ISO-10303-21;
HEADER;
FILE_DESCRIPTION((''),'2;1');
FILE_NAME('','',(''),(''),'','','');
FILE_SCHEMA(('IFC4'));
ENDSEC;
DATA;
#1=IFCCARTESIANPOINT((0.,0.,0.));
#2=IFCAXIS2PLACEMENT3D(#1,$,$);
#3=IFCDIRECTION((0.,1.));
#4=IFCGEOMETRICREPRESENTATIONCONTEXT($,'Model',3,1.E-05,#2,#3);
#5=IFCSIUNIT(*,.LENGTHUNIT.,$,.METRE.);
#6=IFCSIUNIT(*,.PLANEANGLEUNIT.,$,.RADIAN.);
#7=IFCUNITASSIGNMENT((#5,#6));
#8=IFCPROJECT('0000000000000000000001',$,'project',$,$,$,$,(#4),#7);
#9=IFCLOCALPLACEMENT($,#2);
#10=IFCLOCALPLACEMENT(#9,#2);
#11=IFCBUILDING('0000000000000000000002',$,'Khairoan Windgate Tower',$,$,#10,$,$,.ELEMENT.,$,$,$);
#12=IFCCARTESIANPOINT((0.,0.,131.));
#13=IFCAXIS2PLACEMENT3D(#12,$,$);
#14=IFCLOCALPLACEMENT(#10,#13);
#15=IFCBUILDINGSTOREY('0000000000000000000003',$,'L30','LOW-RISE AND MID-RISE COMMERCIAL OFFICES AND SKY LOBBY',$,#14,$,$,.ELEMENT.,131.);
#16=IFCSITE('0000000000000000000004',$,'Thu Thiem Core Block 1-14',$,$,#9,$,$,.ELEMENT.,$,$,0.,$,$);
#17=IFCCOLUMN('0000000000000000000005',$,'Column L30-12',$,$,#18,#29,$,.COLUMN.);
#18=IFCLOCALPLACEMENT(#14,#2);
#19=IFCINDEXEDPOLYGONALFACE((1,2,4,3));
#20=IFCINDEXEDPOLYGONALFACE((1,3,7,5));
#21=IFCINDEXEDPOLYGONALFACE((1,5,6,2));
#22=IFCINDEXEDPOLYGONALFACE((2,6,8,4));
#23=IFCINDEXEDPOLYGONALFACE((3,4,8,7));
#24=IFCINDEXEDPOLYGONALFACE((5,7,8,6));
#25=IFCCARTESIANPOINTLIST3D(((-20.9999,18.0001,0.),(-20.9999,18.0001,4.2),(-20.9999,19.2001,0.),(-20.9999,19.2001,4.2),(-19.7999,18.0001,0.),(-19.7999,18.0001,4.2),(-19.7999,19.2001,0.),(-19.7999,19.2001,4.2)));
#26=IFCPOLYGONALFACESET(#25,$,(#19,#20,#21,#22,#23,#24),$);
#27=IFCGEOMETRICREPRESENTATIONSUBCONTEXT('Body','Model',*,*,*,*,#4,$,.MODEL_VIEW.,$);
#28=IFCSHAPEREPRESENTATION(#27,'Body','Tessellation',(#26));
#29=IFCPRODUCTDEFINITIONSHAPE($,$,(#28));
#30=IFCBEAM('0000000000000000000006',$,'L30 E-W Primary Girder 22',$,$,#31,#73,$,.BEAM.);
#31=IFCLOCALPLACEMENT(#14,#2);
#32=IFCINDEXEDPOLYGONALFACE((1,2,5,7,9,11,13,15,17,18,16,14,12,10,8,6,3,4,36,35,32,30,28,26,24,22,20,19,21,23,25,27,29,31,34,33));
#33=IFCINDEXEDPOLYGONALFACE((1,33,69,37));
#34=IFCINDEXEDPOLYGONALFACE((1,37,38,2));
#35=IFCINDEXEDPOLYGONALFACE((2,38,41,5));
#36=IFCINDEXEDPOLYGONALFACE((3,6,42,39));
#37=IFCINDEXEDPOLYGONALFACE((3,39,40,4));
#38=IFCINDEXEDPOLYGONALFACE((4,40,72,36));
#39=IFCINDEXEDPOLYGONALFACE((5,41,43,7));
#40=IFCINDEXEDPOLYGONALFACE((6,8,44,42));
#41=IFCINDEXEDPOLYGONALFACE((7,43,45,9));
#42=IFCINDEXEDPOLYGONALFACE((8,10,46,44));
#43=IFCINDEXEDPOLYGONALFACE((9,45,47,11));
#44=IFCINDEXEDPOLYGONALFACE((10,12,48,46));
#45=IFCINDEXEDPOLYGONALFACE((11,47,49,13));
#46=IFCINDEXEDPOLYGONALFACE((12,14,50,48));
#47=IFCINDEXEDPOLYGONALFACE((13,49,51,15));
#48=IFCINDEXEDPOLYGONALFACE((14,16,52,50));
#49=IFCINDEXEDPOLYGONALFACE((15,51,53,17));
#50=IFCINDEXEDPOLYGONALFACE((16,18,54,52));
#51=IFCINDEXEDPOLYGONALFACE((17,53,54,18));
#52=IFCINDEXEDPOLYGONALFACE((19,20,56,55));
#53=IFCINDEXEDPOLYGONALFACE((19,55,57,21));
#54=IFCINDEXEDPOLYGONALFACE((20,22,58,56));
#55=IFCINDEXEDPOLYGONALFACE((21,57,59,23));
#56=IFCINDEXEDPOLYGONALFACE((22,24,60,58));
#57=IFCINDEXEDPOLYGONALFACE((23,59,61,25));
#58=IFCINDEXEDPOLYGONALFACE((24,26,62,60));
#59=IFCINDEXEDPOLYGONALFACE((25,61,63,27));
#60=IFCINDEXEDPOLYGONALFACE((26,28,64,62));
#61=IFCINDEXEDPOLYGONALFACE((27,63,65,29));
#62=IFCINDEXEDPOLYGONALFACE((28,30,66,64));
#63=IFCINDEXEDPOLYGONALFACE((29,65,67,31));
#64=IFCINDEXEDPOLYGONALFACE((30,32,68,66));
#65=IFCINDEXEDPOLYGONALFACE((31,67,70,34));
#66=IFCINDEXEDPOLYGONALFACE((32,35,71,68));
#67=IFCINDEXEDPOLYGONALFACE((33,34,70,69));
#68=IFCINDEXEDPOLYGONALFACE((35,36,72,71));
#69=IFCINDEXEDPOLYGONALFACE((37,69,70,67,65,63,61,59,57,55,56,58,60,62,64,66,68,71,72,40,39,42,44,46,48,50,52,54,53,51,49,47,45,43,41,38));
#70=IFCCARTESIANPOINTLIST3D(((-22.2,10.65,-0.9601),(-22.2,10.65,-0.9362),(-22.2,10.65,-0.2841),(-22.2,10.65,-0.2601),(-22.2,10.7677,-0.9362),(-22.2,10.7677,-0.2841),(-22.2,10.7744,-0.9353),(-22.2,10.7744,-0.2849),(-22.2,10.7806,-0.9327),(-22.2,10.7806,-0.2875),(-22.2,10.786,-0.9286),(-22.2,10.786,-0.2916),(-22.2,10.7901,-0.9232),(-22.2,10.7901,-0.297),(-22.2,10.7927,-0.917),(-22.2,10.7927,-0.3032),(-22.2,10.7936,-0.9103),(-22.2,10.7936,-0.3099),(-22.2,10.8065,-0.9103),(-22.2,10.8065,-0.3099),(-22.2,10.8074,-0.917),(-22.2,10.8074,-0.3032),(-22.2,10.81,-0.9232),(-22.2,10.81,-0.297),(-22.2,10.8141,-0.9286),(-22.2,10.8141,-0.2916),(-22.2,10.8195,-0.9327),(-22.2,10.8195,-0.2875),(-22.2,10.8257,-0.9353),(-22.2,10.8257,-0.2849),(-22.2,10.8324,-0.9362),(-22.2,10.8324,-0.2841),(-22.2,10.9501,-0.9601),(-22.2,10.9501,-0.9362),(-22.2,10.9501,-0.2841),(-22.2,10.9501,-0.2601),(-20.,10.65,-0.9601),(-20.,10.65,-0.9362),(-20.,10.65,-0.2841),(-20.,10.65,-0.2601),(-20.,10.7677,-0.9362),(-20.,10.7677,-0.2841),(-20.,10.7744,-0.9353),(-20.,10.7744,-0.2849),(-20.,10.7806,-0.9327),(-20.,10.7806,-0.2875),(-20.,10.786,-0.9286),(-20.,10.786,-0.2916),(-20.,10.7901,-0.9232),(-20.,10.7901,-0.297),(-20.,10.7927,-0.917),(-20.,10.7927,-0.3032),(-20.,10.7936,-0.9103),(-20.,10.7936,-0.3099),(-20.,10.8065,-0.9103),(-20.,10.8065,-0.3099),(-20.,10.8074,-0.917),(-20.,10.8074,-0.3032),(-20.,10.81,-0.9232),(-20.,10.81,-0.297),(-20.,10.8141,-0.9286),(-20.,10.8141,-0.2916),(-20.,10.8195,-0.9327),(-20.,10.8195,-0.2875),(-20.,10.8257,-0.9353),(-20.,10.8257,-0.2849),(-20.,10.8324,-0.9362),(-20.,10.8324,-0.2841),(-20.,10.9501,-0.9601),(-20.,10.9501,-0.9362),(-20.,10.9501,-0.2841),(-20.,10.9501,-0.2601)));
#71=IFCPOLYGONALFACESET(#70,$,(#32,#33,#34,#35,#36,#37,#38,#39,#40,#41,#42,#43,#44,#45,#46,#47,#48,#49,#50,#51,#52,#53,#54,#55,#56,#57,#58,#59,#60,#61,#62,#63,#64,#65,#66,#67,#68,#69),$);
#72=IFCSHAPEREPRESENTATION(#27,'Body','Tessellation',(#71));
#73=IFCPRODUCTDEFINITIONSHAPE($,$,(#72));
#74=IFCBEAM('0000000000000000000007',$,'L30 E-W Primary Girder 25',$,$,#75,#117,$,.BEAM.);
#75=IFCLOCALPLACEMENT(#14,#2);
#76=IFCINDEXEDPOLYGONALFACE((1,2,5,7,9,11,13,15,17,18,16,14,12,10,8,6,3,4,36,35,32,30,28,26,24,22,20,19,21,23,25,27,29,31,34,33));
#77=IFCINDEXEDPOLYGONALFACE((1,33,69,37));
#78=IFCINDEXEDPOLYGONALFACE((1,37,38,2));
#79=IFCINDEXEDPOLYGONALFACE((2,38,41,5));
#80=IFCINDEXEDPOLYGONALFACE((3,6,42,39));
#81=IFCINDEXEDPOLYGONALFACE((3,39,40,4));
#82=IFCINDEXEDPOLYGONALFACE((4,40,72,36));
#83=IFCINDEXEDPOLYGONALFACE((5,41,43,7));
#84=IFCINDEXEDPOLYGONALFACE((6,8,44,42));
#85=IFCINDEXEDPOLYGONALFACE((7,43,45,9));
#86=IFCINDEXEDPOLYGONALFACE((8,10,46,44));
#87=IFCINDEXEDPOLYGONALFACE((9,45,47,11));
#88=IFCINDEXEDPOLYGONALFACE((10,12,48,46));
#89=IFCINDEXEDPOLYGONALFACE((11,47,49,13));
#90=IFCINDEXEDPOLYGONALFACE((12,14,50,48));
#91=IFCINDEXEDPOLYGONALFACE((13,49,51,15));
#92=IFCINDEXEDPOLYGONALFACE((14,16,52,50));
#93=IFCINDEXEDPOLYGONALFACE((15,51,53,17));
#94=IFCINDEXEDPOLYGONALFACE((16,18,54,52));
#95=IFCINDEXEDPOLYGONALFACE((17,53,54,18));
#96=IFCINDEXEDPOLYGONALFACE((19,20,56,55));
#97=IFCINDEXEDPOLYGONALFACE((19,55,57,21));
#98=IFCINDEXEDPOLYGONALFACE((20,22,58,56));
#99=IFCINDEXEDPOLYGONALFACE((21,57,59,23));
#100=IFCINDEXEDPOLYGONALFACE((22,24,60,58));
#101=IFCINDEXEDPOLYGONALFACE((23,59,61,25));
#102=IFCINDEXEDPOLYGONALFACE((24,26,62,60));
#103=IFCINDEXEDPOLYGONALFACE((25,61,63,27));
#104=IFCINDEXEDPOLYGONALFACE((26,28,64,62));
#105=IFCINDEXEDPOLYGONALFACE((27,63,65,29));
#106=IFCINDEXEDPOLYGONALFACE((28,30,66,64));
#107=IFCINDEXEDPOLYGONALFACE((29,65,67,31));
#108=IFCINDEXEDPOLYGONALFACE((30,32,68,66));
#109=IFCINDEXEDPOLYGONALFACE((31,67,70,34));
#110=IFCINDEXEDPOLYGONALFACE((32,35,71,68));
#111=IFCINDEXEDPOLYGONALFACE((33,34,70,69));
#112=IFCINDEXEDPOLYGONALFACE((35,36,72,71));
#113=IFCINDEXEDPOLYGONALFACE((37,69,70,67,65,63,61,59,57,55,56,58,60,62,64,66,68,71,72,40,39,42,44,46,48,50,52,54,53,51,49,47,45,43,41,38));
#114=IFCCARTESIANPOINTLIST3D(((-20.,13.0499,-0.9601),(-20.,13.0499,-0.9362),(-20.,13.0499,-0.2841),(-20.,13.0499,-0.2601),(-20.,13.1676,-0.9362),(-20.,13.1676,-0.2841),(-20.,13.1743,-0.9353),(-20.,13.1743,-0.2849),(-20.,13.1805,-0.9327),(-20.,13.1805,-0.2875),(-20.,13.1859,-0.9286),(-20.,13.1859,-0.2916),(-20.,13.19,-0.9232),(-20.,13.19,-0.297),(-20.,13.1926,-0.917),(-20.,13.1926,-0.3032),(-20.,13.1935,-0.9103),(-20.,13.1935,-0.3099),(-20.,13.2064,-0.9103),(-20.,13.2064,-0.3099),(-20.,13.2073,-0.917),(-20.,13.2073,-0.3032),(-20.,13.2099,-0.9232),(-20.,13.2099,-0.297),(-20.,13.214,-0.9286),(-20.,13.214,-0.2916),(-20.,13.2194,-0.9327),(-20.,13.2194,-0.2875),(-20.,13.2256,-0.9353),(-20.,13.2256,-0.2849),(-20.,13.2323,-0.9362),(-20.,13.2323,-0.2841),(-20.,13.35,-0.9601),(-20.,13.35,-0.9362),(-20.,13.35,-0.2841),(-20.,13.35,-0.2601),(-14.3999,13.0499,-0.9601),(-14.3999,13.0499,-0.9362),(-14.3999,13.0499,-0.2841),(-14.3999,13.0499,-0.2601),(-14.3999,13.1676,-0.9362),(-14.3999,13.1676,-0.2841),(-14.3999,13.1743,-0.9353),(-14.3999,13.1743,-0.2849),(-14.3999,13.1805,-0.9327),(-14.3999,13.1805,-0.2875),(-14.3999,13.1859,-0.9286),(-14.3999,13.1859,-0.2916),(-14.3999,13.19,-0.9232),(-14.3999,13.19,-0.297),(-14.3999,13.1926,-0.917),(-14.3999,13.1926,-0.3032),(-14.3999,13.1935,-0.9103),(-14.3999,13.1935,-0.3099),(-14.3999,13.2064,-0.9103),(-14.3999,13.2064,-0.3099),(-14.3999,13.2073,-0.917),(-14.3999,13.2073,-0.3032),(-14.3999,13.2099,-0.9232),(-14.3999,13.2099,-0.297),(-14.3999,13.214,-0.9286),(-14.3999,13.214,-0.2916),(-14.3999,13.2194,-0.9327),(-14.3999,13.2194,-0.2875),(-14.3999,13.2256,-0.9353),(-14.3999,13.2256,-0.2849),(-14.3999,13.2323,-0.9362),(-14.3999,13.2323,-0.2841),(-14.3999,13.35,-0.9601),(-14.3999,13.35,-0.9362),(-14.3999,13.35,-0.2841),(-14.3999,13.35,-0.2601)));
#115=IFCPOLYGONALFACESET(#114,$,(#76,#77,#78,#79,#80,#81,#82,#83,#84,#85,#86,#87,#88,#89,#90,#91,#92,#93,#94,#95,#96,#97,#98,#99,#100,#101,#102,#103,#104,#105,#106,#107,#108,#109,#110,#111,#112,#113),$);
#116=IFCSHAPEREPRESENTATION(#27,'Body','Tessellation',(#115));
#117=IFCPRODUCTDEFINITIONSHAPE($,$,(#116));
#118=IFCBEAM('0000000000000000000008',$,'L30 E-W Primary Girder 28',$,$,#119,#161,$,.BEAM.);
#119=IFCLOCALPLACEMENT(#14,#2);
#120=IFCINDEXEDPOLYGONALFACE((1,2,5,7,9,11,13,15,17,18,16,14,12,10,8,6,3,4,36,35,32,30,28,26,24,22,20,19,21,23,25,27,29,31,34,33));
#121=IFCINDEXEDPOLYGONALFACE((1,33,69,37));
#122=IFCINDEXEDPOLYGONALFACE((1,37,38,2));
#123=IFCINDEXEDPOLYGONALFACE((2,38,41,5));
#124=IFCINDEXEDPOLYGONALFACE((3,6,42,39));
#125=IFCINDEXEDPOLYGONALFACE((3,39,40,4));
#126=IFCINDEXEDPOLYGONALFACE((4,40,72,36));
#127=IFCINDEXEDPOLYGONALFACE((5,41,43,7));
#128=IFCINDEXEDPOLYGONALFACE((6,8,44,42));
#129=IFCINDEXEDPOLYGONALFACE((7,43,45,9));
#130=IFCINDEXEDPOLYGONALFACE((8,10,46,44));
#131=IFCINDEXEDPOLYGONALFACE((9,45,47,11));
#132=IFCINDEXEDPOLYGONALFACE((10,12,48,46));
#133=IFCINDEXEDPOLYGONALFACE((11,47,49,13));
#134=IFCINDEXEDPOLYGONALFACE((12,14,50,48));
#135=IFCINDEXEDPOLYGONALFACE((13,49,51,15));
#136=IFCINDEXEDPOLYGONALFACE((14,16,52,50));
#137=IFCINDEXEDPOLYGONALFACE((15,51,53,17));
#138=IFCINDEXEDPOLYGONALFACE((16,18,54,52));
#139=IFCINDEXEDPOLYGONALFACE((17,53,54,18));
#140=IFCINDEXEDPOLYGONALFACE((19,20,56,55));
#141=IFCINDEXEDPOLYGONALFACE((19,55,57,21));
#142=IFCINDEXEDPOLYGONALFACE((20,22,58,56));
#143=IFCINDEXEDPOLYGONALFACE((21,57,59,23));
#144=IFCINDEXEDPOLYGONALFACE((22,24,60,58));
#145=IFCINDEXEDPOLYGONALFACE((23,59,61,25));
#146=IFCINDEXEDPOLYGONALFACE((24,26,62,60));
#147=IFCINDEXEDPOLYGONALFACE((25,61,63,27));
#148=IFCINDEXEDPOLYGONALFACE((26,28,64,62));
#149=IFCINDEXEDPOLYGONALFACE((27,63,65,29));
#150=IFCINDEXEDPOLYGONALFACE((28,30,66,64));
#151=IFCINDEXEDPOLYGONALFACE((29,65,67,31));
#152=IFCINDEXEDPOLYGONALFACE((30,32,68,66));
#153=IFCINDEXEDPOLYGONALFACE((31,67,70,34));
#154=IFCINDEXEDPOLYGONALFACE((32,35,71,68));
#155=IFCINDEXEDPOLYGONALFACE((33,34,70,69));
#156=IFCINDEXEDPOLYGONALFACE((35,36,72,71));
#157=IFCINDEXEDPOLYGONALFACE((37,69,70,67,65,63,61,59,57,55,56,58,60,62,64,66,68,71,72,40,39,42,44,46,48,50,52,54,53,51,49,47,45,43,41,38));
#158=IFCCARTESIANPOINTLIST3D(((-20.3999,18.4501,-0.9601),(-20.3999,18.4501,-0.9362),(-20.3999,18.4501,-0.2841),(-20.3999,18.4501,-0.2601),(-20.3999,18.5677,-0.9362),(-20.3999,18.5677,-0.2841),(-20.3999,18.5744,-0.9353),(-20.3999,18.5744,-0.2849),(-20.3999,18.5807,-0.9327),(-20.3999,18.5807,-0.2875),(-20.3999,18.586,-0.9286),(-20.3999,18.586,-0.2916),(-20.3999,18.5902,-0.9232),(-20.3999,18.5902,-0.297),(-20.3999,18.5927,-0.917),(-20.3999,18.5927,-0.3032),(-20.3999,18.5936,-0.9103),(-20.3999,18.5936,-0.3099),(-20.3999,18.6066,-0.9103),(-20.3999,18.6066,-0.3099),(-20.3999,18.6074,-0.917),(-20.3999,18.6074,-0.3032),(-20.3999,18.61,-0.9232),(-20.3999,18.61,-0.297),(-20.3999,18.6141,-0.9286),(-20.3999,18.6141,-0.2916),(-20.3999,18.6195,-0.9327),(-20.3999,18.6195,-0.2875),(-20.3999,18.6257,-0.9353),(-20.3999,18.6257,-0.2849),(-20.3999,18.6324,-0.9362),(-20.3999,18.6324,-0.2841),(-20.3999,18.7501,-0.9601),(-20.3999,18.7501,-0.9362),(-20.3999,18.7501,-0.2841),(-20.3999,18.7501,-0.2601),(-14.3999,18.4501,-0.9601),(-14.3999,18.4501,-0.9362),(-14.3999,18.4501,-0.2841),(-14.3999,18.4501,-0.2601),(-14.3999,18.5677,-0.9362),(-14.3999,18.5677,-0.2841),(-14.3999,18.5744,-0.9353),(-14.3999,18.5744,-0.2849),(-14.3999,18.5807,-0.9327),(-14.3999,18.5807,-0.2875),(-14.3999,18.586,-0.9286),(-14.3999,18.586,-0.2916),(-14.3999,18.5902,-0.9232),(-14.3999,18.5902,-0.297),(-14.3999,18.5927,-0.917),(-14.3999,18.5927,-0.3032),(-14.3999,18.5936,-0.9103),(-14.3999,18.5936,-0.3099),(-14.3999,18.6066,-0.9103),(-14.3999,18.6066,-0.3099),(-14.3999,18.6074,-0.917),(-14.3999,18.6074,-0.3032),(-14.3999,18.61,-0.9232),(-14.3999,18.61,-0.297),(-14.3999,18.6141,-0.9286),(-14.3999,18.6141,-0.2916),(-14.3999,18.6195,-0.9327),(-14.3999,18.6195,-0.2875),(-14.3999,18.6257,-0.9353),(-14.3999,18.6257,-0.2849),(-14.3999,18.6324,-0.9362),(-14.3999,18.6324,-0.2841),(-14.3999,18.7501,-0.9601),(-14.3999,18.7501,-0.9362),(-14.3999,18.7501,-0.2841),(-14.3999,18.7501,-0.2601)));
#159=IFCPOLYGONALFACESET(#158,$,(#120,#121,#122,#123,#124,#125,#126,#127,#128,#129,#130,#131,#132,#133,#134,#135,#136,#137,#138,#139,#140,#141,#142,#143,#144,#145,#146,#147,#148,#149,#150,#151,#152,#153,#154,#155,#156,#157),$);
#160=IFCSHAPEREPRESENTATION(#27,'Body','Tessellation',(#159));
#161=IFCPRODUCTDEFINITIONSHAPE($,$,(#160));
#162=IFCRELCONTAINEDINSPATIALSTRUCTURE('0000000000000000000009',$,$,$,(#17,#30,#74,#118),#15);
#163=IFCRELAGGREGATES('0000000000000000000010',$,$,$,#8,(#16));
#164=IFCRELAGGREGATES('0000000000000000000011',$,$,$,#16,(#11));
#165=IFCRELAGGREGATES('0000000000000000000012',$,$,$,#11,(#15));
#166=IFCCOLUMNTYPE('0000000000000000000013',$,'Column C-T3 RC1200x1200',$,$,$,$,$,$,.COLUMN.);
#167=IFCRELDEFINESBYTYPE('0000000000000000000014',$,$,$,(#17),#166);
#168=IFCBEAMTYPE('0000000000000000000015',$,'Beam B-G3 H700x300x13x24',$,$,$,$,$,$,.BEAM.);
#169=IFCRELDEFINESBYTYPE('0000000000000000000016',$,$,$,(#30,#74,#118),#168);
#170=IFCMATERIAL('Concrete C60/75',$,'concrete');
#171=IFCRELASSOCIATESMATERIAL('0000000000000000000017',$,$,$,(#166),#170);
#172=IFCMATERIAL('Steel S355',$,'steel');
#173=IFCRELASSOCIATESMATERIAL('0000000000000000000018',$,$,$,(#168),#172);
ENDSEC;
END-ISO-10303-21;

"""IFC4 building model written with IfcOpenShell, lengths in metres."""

from ifc_helpers import new_model, si_unit, direction, frame, origin, origin_2d, place, context, subcontext, project, spatial, rectangle, i_section, extrude, material, material_profile, profile_set, type_object, element, save


model = new_model("IFC4")

# Units and contexts
model_context = context("Model", 3, precision=1e-05, world=origin(), true_north=direction((0.0, 1.0)))
body_context = subcontext(model_context, "Body", "Model", "MODEL_VIEW")
ifc_project = project(units=[si_unit("LENGTHUNIT", "METRE"), si_unit("PLANEANGLEUNIT", "RADIAN")], contexts=[model_context])

# Site, building, storey
site_placement = place(None, origin())
site = spatial("IfcSite", under=ifc_project, at=site_placement, Name="Thu Thiem Core Block 1-14", CompositionType="ELEMENT", RefElevation=0.0)
building_placement = place(site_placement, origin())
building = spatial("IfcBuilding", under=site, at=building_placement, Name="Khairoan Windgate Tower", CompositionType="ELEMENT")
storey_placement = place(building_placement, frame((0.0, 0.0, 131.0)))
storey = spatial("IfcBuildingStorey", under=building, at=storey_placement, Name="L30", Description="LOW-RISE AND MID-RISE COMMERCIAL OFFICES AND SKY LOBBY", CompositionType="ELEMENT", Elevation=131.0)

# Column
ifc_material_1 = material(Name="Concrete C60/75", Category="concrete")
ifc_material_profile_1 = material_profile(ifc_material_1, rectangle(XDim=1.2, YDim=1.2, at=origin_2d()))
ifc_profile_set_1 = profile_set([ifc_material_profile_1], Name="Concrete C60/75")
column_type = type_object("IfcColumnType", Name="Column C-T3 RC1200x1200", PredefinedType="COLUMN", material=ifc_profile_set_1)
column_placement = place(storey_placement, frame((-20.3999, 18.6001, 0.0), z_axis=(0.0, 0.0, 1.0), x_axis=(1.0, 0.0, 0.0)))
element("IfcColumn", 1, at=column_placement, inside=storey, type_object=column_type, Name="Column L30-12", PredefinedType="COLUMN", context=body_context, shape_type="SweptSolid", body=[
    extrude(rectangle(XDim=1.2, YDim=1.2, at=origin_2d()), origin(), (0.0, 0.0, 1.0), 4.2),
])

# Beams
ifc_material_2 = material(Name="Steel S355", Category="steel")
ifc_material_profile_2 = material_profile(ifc_material_2, i_section(OverallWidth=0.3, OverallDepth=0.7, WebThickness=0.0129, FlangeThickness=0.0239, FilletRadius=0.0259, at=origin_2d()))
ifc_profile_set_2 = profile_set([ifc_material_profile_2], Name="Steel S355")
beam_type_1 = type_object("IfcBeamType", Name="Beam B-G3 H700x300x13x24", PredefinedType="BEAM", material=ifc_profile_set_2)
beam_1_placement = place(storey_placement, frame((-22.2, 10.8, -0.6101), z_axis=(1.0, 0.0, 0.0), x_axis=(0.0, 1.0, 0.0)))
element("IfcBeam", 2, at=beam_1_placement, inside=storey, type_object=beam_type_1, Name="L30 E-W Primary Girder 22", PredefinedType="BEAM", context=body_context, shape_type="SweptSolid", body=[
    extrude(i_section(OverallWidth=0.3, OverallDepth=0.7, WebThickness=0.0129, FlangeThickness=0.0239, FilletRadius=0.0259, at=origin_2d()), origin(), (0.0, 0.0, 1.0), 2.2),
])
beam_2_placement = place(storey_placement, frame((-20.0, 13.2, -0.6101), z_axis=(1.0, 0.0, 0.0), x_axis=(0.0, 1.0, 0.0)))
element("IfcBeam", 3, at=beam_2_placement, inside=storey, type_object=beam_type_1, Name="L30 E-W Primary Girder 25", PredefinedType="BEAM", context=body_context, shape_type="SweptSolid", body=[
    extrude(i_section(OverallWidth=0.3, OverallDepth=0.7, WebThickness=0.0129, FlangeThickness=0.0239, FilletRadius=0.0259, at=origin_2d()), origin(), (0.0, 0.0, 1.0), 5.6001),
])
beam_3_placement = place(storey_placement, frame((-20.3999, 18.6001, -0.6101), z_axis=(1.0, 0.0, 0.0), x_axis=(0.0, 1.0, 0.0)))
element("IfcBeam", 4, at=beam_3_placement, inside=storey, type_object=beam_type_1, Name="L30 E-W Primary Girder 28", PredefinedType="BEAM", context=body_context, shape_type="SweptSolid", body=[
    extrude(i_section(OverallWidth=0.3, OverallDepth=0.7, WebThickness=0.0129, FlangeThickness=0.0239, FilletRadius=0.0259, at=origin_2d()), origin(), (0.0, 0.0, 1.0), 6.0),
])

save(model, "model.ifc")
